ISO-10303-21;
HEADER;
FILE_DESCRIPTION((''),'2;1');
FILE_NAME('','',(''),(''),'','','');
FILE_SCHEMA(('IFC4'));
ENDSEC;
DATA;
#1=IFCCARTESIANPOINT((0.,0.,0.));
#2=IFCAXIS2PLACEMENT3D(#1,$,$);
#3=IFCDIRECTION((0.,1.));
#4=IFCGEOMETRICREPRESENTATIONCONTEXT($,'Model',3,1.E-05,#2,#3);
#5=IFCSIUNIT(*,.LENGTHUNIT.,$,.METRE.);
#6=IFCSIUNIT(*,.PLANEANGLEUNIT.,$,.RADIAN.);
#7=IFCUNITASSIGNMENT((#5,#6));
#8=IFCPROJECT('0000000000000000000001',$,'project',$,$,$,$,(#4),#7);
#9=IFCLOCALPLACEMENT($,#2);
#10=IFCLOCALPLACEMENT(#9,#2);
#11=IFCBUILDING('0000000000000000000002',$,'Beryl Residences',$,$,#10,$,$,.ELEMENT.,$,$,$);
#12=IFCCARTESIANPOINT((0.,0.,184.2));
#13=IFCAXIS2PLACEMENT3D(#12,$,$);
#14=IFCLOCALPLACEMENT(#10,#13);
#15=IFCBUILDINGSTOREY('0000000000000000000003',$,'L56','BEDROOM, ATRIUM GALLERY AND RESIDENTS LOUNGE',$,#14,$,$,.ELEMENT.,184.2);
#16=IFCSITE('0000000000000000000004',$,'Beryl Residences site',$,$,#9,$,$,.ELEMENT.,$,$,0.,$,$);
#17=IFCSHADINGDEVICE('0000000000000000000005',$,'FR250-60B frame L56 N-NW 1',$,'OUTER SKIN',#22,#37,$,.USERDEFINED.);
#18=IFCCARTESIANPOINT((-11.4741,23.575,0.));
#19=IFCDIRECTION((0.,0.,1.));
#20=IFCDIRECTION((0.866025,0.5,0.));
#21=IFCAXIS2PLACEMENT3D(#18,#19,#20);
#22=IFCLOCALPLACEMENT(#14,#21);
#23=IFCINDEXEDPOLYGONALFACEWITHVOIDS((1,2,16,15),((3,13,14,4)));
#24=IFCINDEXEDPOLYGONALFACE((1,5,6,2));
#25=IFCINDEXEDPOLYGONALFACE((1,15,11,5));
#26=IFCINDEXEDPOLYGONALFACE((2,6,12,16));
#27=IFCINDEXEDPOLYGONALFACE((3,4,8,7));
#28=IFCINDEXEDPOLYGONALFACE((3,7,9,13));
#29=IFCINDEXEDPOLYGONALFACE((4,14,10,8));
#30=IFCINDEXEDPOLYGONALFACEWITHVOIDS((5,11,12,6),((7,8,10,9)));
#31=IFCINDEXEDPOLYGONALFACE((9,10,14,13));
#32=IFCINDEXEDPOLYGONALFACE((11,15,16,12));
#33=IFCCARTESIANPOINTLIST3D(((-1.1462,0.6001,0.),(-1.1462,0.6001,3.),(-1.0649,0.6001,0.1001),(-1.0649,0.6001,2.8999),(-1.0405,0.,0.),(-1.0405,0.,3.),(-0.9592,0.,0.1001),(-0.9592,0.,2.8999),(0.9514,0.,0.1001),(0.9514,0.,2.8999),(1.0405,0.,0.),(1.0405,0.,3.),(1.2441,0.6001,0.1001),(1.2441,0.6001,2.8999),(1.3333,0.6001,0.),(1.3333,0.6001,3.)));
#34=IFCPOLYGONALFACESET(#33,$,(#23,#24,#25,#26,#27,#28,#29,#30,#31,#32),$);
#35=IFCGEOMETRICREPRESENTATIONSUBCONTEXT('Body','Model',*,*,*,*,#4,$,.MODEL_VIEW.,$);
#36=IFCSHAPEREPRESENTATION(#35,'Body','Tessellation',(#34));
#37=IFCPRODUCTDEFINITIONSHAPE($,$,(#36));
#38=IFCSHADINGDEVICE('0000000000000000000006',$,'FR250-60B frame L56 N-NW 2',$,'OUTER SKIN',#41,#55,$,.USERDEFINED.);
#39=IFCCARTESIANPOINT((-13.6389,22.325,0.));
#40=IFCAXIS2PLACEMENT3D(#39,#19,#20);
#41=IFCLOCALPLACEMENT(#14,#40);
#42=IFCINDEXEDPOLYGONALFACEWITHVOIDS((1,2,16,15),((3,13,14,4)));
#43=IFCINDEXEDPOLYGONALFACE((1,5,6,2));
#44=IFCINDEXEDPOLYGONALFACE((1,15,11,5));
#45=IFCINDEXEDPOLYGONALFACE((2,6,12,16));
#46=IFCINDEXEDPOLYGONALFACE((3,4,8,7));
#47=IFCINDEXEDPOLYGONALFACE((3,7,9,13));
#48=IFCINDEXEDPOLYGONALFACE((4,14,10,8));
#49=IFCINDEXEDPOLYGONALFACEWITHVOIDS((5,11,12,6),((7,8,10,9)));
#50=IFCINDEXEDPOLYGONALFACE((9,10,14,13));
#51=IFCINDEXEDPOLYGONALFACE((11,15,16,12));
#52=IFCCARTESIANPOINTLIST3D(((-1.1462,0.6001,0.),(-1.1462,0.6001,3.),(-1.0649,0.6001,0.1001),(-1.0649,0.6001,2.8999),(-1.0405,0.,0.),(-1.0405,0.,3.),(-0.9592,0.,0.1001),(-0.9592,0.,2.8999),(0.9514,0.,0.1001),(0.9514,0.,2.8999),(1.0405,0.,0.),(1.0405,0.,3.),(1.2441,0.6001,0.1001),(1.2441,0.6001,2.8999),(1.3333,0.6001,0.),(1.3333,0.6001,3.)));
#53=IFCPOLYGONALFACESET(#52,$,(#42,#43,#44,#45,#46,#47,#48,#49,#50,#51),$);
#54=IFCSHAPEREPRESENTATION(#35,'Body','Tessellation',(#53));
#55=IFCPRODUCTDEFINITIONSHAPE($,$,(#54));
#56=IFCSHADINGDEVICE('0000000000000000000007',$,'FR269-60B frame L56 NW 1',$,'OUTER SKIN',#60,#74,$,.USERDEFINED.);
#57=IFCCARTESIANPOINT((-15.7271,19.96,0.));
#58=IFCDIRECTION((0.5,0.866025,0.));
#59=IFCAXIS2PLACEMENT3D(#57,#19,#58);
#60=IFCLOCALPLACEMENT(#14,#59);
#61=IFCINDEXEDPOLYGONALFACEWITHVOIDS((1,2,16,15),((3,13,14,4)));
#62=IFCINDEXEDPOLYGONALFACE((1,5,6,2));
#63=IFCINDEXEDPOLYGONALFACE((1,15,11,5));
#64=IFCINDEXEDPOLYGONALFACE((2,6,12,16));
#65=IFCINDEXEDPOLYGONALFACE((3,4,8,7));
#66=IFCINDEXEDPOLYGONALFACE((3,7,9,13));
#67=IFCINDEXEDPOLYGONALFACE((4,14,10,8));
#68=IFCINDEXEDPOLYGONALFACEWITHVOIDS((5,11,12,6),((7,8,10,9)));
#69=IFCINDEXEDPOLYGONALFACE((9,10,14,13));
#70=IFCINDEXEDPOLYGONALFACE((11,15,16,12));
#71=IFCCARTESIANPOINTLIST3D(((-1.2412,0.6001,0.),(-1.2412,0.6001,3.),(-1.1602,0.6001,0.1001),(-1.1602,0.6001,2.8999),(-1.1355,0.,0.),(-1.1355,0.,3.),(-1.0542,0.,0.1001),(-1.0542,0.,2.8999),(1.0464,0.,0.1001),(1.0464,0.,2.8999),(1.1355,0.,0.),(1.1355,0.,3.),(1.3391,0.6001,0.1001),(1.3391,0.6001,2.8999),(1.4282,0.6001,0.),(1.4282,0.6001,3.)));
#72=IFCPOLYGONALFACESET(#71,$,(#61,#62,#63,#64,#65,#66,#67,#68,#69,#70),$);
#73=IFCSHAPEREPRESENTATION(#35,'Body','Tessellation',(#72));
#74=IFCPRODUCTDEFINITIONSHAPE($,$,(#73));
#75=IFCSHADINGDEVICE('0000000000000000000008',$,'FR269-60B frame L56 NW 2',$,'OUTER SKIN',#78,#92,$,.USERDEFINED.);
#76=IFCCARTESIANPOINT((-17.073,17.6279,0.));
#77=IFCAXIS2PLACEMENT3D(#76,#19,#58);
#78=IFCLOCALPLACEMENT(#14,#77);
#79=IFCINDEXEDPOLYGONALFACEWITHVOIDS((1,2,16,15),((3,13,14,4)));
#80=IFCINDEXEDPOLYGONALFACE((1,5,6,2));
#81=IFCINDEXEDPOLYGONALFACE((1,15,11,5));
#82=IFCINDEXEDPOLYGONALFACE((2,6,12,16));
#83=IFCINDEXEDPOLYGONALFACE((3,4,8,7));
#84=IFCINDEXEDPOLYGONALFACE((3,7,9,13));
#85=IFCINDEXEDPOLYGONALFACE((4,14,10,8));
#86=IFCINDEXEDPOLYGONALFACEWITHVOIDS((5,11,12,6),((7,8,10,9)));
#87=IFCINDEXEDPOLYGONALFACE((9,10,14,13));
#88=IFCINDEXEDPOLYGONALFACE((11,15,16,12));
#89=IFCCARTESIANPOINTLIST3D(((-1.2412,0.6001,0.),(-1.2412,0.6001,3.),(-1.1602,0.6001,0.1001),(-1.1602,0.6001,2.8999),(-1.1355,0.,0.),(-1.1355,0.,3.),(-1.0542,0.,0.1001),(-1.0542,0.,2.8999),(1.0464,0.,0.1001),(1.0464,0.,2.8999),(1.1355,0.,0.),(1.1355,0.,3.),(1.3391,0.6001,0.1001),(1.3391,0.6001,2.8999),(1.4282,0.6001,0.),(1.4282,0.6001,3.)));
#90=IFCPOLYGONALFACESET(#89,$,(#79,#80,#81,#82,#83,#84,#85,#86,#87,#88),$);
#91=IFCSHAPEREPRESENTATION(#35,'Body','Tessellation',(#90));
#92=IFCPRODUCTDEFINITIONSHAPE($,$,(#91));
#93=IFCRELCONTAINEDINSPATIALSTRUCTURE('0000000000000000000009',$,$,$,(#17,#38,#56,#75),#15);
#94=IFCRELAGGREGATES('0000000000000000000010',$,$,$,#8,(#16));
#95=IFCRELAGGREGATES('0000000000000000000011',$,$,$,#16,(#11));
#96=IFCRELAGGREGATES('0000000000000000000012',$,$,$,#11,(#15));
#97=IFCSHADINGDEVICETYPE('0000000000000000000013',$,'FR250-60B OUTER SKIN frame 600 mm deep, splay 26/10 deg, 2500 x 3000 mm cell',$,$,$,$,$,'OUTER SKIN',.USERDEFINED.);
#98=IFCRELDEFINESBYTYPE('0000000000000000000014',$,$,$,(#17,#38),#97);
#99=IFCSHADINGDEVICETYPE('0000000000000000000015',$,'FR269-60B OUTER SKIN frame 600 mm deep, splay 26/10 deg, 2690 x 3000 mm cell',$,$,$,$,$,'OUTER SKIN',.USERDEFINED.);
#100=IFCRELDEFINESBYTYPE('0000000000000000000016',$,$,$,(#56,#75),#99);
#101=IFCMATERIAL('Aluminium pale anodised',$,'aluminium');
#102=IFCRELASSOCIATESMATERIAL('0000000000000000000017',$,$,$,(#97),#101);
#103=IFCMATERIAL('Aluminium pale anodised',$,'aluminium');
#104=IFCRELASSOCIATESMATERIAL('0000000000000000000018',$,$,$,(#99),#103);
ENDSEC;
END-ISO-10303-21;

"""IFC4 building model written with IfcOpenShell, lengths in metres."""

from ifc_helpers import new_model, entity, si_unit, direction, frame, origin, place, context, subcontext, project, spatial, source, transform, mapped, material, type_object, type_shapes, element, save


model = new_model("IFC4")

# Units and contexts
model_context = context("Model", 3, precision=1e-05, world=origin(), true_north=direction((0.0, 1.0)))
body_context = subcontext(model_context, "Body", "Model", "MODEL_VIEW")
ifc_project = project(units=[si_unit("LENGTHUNIT", "METRE"), si_unit("PLANEANGLEUNIT", "RADIAN")], contexts=[model_context])

# Site, building, storey
site_placement = place(None, origin())
site = spatial("IfcSite", under=ifc_project, at=site_placement, Name="Beryl Residences site", CompositionType="ELEMENT", RefElevation=0.0)
building_placement = place(site_placement, origin())
building = spatial("IfcBuilding", under=site, at=building_placement, Name="Beryl Residences", CompositionType="ELEMENT")
storey_placement = place(building_placement, frame((0.0, 0.0, 184.2)))
storey = spatial("IfcBuildingStorey", under=building, at=storey_placement, Name="L56", Description="BEDROOM, ATRIUM GALLERY AND RESIDENTS LOUNGE", CompositionType="ELEMENT", Elevation=184.2)

# Shading devices
ifc_material_1 = material(Name="Aluminium pale anodised", Category="aluminium")
shading_device_type_1 = type_object("IfcShadingDeviceType", Name="FR250-60B OUTER SKIN frame 600 mm deep, splay 26/10 deg, 2500 x 3000 mm cell", ElementType="OUTER SKIN", PredefinedType="USERDEFINED", material=ifc_material_1)
cartesian_point_1 = entity("IfcCartesianPoint", [-1.0405, 0.0])
cartesian_point_2 = entity("IfcCartesianPoint", [-0.9514, 0.1001])
cartesian_point_3 = entity("IfcCartesianPoint", [-1.3333, 0.0])
cartesian_point_4 = entity("IfcCartesianPoint", [-1.2441, 0.1001])
shared_shape_1 = source(origin(), body_context, "Body", "SweptSolid", [
    entity("IfcExtrudedAreaSolidTapered", entity("IfcArbitraryProfileDefWithVoids", "AREA", None, entity("IfcPolyline", [cartesian_point_1, entity("IfcCartesianPoint", [1.0405, 0.0]), entity("IfcCartesianPoint", [1.0405, 3.0]), entity("IfcCartesianPoint", [-1.0405, 3.0]), cartesian_point_1]), [entity("IfcPolyline", [cartesian_point_2, entity("IfcCartesianPoint", [0.9592, 0.1001]), entity("IfcCartesianPoint", [0.9592, 2.8999]), entity("IfcCartesianPoint", [-0.9514, 2.8999]), cartesian_point_2])]), entity("IfcAxis2Placement3D", entity("IfcCartesianPoint", [0.0, 0.0, 0.0]), entity("IfcDirection", [0.0, 1.0, 0.0]), entity("IfcDirection", [-1.0, 0.0, 0.0])), entity("IfcDirection", [0.0, 0.0, 1.0]), 0.6001, entity("IfcArbitraryProfileDefWithVoids", "AREA", None, entity("IfcPolyline", [cartesian_point_3, entity("IfcCartesianPoint", [1.1462, 0.0]), entity("IfcCartesianPoint", [1.1462, 3.0]), entity("IfcCartesianPoint", [-1.3333, 3.0]), cartesian_point_3]), [entity("IfcPolyline", [cartesian_point_4, entity("IfcCartesianPoint", [1.0649, 0.1001]), entity("IfcCartesianPoint", [1.0649, 2.8999]), entity("IfcCartesianPoint", [-1.2441, 2.8999]), cartesian_point_4])])),
])
type_shapes(shading_device_type_1, [shared_shape_1])
for number, where, z_axis, x_axis, name in (
    (1, (-11.4741, 23.575, 0.0), (0.0, 0.0, 1.0), (0.866025, 0.5, 0.0), "FR250-60B frame L56 N-NW 1"),
    (2, (-13.6389, 22.325, 0.0), (0.0, 0.0, 1.0), (0.866025, 0.5, 0.0), "FR250-60B frame L56 N-NW 2"),
):
    element("IfcShadingDevice", number, at=place(storey_placement, frame(where, z_axis=z_axis, x_axis=x_axis)), inside=storey, type_object=shading_device_type_1, Name=name, ObjectType="OUTER SKIN", PredefinedType="USERDEFINED", context=body_context, shape_type="MappedRepresentation", body=[
        mapped(shared_shape_1, transform((0.0, 0.0, 0.0))),
    ])
ifc_material_2 = material(Name="Aluminium pale anodised", Category="aluminium")
shading_device_type_2 = type_object("IfcShadingDeviceType", Name="FR269-60B OUTER SKIN frame 600 mm deep, splay 26/10 deg, 2690 x 3000 mm cell", ElementType="OUTER SKIN", PredefinedType="USERDEFINED", material=ifc_material_2)
cartesian_point_5 = entity("IfcCartesianPoint", [-1.1355, 0.0])
cartesian_point_6 = entity("IfcCartesianPoint", [-1.0464, 0.1001])
cartesian_point_7 = entity("IfcCartesianPoint", [-1.4282, 0.0])
cartesian_point_8 = entity("IfcCartesianPoint", [-1.3391, 0.1001])
shared_shape_2 = source(origin(), body_context, "Body", "SweptSolid", [
    entity("IfcExtrudedAreaSolidTapered", entity("IfcArbitraryProfileDefWithVoids", "AREA", None, entity("IfcPolyline", [cartesian_point_5, entity("IfcCartesianPoint", [1.1355, 0.0]), entity("IfcCartesianPoint", [1.1355, 3.0]), entity("IfcCartesianPoint", [-1.1355, 3.0]), cartesian_point_5]), [entity("IfcPolyline", [cartesian_point_6, entity("IfcCartesianPoint", [1.0542, 0.1001]), entity("IfcCartesianPoint", [1.0542, 2.8999]), entity("IfcCartesianPoint", [-1.0464, 2.8999]), cartesian_point_6])]), entity("IfcAxis2Placement3D", entity("IfcCartesianPoint", [0.0, 0.0, 0.0]), entity("IfcDirection", [0.0, 1.0, 0.0]), entity("IfcDirection", [-1.0, 0.0, 0.0])), entity("IfcDirection", [0.0, 0.0, 1.0]), 0.6001, entity("IfcArbitraryProfileDefWithVoids", "AREA", None, entity("IfcPolyline", [cartesian_point_7, entity("IfcCartesianPoint", [1.2412, 0.0]), entity("IfcCartesianPoint", [1.2412, 3.0]), entity("IfcCartesianPoint", [-1.4282, 3.0]), cartesian_point_7]), [entity("IfcPolyline", [cartesian_point_8, entity("IfcCartesianPoint", [1.1602, 0.1001]), entity("IfcCartesianPoint", [1.1602, 2.8999]), entity("IfcCartesianPoint", [-1.3391, 2.8999]), cartesian_point_8])])),
])
type_shapes(shading_device_type_2, [shared_shape_2])
for number, where, z_axis, x_axis, name in (
    (3, (-15.7271, 19.96, 0.0), (0.0, 0.0, 1.0), (0.5, 0.866025, 0.0), "FR269-60B frame L56 NW 1"),
    (4, (-17.073, 17.6279, 0.0), (0.0, 0.0, 1.0), (0.5, 0.866025, 0.0), "FR269-60B frame L56 NW 2"),
):
    element("IfcShadingDevice", number, at=place(storey_placement, frame(where, z_axis=z_axis, x_axis=x_axis)), inside=storey, type_object=shading_device_type_2, Name=name, ObjectType="OUTER SKIN", PredefinedType="USERDEFINED", context=body_context, shape_type="MappedRepresentation", body=[
        mapped(shared_shape_2, transform((0.0, 0.0, 0.0))),
    ])

save(model, "model.ifc")
